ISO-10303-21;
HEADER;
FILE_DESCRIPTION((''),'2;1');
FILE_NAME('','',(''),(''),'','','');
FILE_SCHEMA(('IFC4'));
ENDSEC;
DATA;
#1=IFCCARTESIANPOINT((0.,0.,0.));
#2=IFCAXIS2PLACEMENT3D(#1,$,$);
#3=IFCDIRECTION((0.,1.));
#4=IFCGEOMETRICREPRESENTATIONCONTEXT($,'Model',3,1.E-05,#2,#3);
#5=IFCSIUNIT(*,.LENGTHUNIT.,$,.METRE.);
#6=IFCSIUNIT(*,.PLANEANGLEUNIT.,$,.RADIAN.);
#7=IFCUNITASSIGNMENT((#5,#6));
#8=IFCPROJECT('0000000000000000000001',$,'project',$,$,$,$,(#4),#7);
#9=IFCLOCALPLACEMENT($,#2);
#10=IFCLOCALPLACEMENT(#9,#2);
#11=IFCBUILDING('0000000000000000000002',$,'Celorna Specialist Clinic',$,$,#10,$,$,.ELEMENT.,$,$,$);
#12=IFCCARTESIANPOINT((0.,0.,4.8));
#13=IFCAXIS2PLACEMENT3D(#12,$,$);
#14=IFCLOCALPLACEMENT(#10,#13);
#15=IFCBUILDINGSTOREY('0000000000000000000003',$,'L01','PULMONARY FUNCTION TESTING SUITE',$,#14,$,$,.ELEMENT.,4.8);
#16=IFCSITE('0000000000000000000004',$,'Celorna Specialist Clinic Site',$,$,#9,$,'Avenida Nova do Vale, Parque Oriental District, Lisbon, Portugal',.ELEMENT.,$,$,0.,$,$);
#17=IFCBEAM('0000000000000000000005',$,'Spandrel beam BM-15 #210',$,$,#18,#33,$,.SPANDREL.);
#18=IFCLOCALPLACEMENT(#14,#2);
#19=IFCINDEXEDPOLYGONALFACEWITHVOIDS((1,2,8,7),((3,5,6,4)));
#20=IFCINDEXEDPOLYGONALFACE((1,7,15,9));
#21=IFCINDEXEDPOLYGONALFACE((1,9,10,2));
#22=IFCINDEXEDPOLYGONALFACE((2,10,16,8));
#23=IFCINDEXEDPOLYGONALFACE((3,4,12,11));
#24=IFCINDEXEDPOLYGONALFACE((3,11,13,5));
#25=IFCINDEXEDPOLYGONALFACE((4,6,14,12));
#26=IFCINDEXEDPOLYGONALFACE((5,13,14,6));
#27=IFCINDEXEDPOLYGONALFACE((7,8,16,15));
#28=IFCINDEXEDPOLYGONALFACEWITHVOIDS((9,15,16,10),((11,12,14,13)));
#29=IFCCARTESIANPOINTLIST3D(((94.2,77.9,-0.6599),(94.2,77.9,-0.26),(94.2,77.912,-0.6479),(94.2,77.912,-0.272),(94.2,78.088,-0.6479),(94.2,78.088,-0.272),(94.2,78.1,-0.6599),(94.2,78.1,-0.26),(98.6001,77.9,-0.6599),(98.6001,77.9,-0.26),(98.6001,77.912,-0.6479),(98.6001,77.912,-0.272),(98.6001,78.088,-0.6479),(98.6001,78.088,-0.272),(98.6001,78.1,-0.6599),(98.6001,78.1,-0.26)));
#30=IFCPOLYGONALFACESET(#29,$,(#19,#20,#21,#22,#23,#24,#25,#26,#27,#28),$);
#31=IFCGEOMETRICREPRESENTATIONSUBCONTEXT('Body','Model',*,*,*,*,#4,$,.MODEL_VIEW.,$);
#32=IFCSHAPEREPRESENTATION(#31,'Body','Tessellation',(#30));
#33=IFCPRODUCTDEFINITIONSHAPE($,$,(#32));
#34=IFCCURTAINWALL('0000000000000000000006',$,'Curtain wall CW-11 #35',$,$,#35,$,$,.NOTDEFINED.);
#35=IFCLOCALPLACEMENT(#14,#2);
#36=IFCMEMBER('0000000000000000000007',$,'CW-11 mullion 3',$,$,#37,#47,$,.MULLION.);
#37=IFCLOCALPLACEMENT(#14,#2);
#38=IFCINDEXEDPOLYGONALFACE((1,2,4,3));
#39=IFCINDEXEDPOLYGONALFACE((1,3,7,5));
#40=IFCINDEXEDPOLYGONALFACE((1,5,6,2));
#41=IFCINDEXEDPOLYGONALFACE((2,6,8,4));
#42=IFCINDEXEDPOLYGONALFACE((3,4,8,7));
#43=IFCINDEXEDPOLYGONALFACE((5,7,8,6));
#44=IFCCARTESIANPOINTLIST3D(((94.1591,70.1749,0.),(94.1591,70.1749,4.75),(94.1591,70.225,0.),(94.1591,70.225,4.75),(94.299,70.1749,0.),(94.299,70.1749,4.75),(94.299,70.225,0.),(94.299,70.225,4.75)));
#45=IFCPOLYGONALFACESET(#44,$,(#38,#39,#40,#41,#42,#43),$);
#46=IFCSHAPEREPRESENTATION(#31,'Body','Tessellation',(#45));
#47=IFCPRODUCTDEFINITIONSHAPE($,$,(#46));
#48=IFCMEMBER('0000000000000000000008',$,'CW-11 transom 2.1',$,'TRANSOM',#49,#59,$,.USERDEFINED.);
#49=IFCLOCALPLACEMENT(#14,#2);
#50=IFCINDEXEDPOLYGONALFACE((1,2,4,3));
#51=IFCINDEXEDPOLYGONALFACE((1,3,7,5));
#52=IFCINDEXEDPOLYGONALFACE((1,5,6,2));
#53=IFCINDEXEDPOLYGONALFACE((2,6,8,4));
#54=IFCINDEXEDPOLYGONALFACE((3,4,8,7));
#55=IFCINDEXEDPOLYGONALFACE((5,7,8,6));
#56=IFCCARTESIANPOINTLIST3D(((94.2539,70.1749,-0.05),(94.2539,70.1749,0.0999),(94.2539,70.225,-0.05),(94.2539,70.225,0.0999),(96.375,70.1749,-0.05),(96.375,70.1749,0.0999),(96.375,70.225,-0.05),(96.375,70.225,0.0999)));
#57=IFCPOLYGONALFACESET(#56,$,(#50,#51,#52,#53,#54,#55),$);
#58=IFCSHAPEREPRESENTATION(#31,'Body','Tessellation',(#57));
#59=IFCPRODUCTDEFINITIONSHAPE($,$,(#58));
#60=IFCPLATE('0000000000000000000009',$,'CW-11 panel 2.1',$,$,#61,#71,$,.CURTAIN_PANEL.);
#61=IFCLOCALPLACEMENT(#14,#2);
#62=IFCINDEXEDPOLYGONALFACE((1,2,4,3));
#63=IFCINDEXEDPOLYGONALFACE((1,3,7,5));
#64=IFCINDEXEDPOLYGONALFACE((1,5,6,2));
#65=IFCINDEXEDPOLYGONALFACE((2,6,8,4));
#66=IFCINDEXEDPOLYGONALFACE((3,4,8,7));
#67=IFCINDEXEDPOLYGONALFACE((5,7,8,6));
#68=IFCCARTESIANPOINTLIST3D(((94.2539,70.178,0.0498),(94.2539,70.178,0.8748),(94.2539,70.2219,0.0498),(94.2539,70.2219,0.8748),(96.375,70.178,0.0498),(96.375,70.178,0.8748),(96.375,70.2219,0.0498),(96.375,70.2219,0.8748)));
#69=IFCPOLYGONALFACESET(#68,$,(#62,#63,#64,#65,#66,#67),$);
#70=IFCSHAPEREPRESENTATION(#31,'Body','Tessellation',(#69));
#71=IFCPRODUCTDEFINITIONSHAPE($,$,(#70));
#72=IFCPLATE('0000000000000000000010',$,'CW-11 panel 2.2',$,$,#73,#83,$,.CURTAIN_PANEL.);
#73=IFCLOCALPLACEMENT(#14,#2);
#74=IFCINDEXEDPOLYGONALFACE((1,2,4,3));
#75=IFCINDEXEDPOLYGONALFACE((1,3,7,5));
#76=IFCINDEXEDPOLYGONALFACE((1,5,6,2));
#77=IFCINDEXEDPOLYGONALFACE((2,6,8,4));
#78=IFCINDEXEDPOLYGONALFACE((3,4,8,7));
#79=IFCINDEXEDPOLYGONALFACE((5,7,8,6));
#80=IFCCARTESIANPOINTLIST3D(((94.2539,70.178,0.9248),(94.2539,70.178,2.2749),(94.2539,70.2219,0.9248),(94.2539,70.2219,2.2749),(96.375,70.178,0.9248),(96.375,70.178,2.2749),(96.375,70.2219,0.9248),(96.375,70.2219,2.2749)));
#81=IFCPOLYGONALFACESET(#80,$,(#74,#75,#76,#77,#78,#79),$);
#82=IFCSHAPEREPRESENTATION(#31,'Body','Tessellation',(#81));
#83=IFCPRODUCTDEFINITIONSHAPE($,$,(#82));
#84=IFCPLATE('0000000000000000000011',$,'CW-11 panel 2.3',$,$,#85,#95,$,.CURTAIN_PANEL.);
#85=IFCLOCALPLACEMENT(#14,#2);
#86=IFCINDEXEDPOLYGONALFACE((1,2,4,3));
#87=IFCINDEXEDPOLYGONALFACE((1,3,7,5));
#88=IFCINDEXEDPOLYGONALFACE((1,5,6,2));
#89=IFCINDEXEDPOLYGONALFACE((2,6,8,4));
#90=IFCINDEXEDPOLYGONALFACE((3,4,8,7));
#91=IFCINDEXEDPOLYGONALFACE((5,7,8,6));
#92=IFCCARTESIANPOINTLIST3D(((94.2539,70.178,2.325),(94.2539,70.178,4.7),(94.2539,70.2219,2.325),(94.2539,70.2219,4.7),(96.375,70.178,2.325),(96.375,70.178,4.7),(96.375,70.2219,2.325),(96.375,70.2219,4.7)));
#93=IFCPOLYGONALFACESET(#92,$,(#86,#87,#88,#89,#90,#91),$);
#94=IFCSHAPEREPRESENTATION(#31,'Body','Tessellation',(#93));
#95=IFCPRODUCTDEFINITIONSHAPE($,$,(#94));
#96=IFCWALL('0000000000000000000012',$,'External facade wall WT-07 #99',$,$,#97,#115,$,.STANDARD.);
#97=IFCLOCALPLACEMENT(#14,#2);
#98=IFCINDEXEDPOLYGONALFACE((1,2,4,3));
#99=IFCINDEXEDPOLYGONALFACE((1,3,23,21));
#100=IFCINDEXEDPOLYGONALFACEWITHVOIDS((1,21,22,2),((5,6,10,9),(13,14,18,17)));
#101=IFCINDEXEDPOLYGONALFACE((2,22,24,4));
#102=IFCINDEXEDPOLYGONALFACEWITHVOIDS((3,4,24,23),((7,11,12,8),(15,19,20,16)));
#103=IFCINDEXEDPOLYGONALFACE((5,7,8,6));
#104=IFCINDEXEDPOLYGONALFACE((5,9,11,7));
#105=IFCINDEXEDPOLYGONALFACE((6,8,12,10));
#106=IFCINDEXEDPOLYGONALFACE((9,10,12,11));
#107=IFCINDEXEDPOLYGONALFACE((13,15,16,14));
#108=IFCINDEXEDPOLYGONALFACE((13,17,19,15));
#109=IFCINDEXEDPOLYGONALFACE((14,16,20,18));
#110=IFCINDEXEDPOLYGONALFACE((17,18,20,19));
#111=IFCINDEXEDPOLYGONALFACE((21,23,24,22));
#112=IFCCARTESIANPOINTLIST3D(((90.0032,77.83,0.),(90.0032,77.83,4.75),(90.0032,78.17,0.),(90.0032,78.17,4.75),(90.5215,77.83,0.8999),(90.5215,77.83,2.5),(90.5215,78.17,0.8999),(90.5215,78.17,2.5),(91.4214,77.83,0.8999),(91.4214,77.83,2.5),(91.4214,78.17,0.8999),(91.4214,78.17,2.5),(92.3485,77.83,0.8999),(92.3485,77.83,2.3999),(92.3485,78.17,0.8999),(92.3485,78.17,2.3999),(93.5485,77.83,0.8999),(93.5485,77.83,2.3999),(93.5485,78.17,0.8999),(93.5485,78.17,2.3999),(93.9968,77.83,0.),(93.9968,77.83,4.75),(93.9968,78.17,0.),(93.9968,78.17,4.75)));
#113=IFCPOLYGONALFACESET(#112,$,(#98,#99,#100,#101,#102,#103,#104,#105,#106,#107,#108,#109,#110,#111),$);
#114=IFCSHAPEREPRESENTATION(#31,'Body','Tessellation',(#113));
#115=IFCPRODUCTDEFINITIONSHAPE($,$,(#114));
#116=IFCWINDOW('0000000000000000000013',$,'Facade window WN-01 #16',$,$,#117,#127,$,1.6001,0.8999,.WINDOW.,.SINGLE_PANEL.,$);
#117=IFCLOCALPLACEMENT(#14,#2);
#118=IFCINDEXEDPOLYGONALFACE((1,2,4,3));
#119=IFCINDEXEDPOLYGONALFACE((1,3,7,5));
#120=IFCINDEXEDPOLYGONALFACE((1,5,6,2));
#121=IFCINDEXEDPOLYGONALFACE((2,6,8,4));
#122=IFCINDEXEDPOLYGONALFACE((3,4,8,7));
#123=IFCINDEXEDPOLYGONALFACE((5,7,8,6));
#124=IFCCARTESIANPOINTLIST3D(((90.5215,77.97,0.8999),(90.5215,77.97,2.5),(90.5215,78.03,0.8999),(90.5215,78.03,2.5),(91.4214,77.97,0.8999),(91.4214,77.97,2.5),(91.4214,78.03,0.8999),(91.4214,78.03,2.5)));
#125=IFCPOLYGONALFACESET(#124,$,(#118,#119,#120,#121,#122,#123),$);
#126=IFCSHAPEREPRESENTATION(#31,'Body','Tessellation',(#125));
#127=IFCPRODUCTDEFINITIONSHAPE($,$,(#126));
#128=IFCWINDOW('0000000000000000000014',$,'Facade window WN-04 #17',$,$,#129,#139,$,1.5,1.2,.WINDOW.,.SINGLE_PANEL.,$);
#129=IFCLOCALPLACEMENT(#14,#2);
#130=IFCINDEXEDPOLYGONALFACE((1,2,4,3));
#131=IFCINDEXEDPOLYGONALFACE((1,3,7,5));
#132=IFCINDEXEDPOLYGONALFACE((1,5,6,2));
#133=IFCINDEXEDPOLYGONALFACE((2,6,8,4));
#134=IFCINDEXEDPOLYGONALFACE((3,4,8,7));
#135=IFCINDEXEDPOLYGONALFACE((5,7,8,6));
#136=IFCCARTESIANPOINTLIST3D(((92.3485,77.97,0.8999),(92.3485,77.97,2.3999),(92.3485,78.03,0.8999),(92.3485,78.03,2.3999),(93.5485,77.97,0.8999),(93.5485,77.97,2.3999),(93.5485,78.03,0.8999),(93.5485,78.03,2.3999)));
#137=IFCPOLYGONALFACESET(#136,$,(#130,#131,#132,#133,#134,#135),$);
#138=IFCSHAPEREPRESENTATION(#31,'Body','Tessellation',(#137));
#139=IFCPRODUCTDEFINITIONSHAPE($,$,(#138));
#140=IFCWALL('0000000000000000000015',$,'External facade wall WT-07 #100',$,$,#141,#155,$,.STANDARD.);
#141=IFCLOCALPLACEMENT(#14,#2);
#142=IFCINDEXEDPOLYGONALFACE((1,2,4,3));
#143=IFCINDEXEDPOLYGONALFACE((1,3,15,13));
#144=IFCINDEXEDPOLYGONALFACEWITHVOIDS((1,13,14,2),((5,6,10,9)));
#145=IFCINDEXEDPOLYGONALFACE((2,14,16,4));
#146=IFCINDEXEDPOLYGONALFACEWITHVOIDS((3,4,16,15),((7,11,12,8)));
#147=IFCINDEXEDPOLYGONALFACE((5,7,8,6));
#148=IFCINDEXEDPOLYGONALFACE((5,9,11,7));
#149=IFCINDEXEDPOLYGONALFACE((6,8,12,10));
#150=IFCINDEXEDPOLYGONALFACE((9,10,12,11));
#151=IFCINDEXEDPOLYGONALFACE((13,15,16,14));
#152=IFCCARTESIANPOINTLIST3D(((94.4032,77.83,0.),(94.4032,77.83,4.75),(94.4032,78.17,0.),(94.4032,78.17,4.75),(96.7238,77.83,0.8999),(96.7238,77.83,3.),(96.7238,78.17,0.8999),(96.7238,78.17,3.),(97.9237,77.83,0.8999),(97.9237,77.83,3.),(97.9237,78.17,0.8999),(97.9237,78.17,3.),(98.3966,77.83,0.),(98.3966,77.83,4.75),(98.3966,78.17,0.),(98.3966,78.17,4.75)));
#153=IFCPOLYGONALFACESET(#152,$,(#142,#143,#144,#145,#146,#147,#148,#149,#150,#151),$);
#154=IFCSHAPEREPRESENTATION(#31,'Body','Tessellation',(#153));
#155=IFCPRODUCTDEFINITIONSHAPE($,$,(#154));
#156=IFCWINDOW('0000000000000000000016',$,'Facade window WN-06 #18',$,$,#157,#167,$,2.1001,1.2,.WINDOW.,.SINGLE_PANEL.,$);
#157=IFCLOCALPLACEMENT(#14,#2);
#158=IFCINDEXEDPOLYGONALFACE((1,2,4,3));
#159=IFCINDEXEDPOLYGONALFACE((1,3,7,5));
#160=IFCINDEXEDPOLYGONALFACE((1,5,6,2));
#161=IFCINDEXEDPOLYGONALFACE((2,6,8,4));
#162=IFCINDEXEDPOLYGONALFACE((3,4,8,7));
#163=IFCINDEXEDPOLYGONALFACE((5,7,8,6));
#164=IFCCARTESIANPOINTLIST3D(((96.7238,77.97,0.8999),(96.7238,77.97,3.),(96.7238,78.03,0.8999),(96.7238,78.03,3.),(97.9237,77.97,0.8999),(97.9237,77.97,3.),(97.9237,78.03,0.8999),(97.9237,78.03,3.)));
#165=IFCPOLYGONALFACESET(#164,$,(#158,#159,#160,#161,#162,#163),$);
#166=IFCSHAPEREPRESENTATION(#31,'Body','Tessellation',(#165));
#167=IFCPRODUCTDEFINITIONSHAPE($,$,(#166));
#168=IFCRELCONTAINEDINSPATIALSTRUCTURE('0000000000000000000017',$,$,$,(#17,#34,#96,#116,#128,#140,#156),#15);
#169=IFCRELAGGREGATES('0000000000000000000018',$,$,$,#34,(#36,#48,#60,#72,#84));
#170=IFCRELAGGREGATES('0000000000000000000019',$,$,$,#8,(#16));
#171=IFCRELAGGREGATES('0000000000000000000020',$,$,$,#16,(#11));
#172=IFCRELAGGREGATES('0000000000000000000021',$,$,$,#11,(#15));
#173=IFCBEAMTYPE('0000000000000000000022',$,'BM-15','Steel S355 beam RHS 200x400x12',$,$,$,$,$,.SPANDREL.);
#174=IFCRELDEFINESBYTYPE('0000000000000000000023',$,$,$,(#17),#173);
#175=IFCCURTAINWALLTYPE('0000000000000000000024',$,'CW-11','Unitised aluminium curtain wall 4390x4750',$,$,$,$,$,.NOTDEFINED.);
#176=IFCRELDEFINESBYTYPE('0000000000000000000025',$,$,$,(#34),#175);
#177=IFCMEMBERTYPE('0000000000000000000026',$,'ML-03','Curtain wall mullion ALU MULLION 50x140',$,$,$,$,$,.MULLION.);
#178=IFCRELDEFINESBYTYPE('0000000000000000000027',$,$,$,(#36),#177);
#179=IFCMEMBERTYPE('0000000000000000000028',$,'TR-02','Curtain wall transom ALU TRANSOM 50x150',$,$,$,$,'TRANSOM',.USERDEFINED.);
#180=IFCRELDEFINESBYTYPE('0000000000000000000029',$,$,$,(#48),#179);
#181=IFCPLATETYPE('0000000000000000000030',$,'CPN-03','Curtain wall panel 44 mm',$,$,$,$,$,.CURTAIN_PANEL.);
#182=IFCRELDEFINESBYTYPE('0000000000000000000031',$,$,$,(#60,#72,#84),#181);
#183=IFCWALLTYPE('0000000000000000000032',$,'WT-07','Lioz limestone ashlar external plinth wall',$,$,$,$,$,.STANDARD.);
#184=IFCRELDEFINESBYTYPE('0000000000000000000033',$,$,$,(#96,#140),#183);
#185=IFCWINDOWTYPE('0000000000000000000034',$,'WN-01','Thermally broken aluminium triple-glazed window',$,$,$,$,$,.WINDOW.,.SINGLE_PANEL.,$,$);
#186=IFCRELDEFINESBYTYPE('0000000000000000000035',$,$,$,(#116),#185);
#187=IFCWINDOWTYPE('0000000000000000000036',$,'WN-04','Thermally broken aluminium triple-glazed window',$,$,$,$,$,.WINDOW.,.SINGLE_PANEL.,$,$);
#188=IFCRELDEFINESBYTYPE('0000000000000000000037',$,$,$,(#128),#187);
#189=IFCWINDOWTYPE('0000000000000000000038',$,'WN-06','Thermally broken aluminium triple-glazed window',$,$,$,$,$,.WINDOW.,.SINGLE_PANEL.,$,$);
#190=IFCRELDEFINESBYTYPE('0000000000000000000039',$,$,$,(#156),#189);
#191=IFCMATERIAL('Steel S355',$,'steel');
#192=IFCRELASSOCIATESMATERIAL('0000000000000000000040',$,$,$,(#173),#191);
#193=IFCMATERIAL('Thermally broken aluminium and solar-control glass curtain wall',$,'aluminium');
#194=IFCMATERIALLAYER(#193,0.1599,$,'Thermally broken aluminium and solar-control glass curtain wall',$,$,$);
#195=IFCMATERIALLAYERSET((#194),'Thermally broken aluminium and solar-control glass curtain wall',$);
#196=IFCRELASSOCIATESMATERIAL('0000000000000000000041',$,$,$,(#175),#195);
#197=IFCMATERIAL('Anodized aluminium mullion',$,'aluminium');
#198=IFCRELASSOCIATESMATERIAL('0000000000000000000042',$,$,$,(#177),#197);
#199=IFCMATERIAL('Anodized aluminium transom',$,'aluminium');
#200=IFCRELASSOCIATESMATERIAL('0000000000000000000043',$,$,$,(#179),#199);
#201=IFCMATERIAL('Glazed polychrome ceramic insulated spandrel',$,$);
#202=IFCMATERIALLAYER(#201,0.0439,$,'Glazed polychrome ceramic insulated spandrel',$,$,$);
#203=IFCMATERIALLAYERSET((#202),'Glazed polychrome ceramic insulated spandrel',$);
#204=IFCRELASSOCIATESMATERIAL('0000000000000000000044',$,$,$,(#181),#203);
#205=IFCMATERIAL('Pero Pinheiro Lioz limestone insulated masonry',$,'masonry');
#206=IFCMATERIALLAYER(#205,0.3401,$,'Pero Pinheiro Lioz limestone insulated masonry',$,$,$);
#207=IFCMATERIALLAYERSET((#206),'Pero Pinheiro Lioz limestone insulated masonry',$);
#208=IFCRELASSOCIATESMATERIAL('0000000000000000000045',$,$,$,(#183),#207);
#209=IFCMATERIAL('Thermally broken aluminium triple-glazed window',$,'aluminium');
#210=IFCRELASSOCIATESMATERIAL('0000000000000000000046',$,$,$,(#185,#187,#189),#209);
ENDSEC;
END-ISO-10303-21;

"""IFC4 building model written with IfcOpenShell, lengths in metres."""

from ifc_helpers import new_model, si_unit, direction, frame, frame_2d, origin, origin_2d, place, context, subcontext, project, spatial, rectangle, hollow_rectangle, extrude, material, layer, layer_set, material_profile, profile_set, type_object, element, fill, aggregate, save


model = new_model("IFC4")

# Units and contexts
model_context = context("Model", 3, precision=1e-05, world=origin(), true_north=direction((0.0, 1.0)))
body_context = subcontext(model_context, "Body", "Model", "MODEL_VIEW")
ifc_project = project(units=[si_unit("LENGTHUNIT", "METRE"), si_unit("PLANEANGLEUNIT", "RADIAN")], contexts=[model_context])

# Site, building, storey
site_placement = place(None, origin())
site = spatial("IfcSite", under=ifc_project, at=site_placement, Name="Celorna Specialist Clinic Site", LongName="Avenida Nova do Vale, Parque Oriental District, Lisbon, Portugal", CompositionType="ELEMENT", RefElevation=0.0)
building_placement = place(site_placement, origin())
building = spatial("IfcBuilding", under=site, at=building_placement, Name="Celorna Specialist Clinic", CompositionType="ELEMENT")
storey_placement = place(building_placement, frame((0.0, 0.0, 4.8)))
storey = spatial("IfcBuildingStorey", under=building, at=storey_placement, Name="L01", Description="PULMONARY FUNCTION TESTING SUITE", CompositionType="ELEMENT", Elevation=4.8)

# Shared definitions
ifc_material_1 = material(Name="Steel S355", Category="steel")

# Beam
ifc_material_profile_1 = material_profile(ifc_material_1, hollow_rectangle(XDim=0.2, YDim=0.3999, WallThickness=0.012, at=origin_2d()), Name="RHS 200x400x12")
ifc_profile_set_1 = profile_set([ifc_material_profile_1], Name="Steel S355")
beam_type_1 = type_object("IfcBeamType", Name="BM-15", Description="Steel S355 beam RHS 200x400x12", PredefinedType="SPANDREL", material=ifc_profile_set_1)
beam_1_placement = place(storey_placement, frame((94.2, 78.0, -0.46), z_axis=(1.0, 0.0, 0.0), x_axis=(0.0, 1.0, 0.0)))
element("IfcBeam", 1, at=beam_1_placement, inside=storey, type_object=beam_type_1, Name="Spandrel beam BM-15 #210", PredefinedType="SPANDREL", context=body_context, shape_type="SweptSolid", body=[
    extrude(hollow_rectangle(XDim=0.2, YDim=0.3999, WallThickness=0.012, at=origin_2d()), origin(), (0.0, 0.0, 1.0), 4.4001),
])

# Curtain wall, members, plates
ifc_material_2 = material(Name="Thermally broken aluminium and solar-control glass curtain wall", Category="aluminium")
ifc_layer_1 = layer(ifc_material_2, 0.1599, Name="Thermally broken aluminium and solar-control glass curtain wall")
ifc_layer_set_1 = layer_set([ifc_layer_1], Name="Thermally broken aluminium and solar-control glass curtain wall")
curtain_wall_type = type_object("IfcCurtainWallType", Name="CW-11", Description="Unitised aluminium curtain wall 4390x4750", PredefinedType="NOTDEFINED", material=ifc_layer_set_1)
curtain_wall_placement = place(storey_placement, origin())
curtain_wall = element("IfcCurtainWall", 2, at=curtain_wall_placement, inside=storey, type_object=curtain_wall_type, Name="Curtain wall CW-11 #35", PredefinedType="NOTDEFINED")
ifc_material_3 = material(Name="Anodized aluminium mullion", Category="aluminium")
ifc_material_profile_2 = material_profile(ifc_material_3, rectangle(XDim=0.05, YDim=0.1399, at=origin_2d()), Name="ALU MULLION 50x140")
ifc_profile_set_2 = profile_set([ifc_material_profile_2], Name="Anodized aluminium mullion")
member_type_1 = type_object("IfcMemberType", Name="ML-03", Description="Curtain wall mullion ALU MULLION 50x140", PredefinedType="MULLION", material=ifc_profile_set_2)
member_1_placement = place(storey_placement, frame((94.229, 70.2, 0.0), z_axis=(0.0, 0.0, 1.0), x_axis=(0.0, -1.0, 0.0)))
member_1 = element("IfcMember", 3, at=member_1_placement, type_object=member_type_1, Name="CW-11 mullion 3", PredefinedType="MULLION", context=body_context, shape_type="SweptSolid", body=[
    extrude(rectangle(XDim=0.05, YDim=0.1399, at=origin_2d()), origin(), (0.0, 0.0, 1.0), 4.75),
])
ifc_material_4 = material(Name="Anodized aluminium transom", Category="aluminium")
ifc_material_profile_3 = material_profile(ifc_material_4, rectangle(XDim=0.05, YDim=0.1499, at=origin_2d()), Name="ALU TRANSOM 50x150")
ifc_profile_set_3 = profile_set([ifc_material_profile_3], Name="Anodized aluminium transom")
member_type_2 = type_object("IfcMemberType", Name="TR-02", Description="Curtain wall transom ALU TRANSOM 50x150", ElementType="TRANSOM", PredefinedType="USERDEFINED", material=ifc_profile_set_3)
member_2_placement = place(storey_placement, frame((96.375, 70.2, 0.0249), z_axis=(-1.0, 0.0, 0.0), x_axis=(0.0, -1.0, 0.0)))
member_2 = element("IfcMember", 4, at=member_2_placement, type_object=member_type_2, Name="CW-11 transom 2.1", ObjectType="TRANSOM", PredefinedType="USERDEFINED", context=body_context, shape_type="SweptSolid", body=[
    extrude(rectangle(XDim=0.05, YDim=0.1499, at=origin_2d()), origin(), (0.0, 0.0, 1.0), 2.1211),
])
ifc_material_5 = material(Name="Glazed polychrome ceramic insulated spandrel")
ifc_layer_2 = layer(ifc_material_5, 0.0439, Name="Glazed polychrome ceramic insulated spandrel")
ifc_layer_set_2 = layer_set([ifc_layer_2], Name="Glazed polychrome ceramic insulated spandrel")
plate_type = type_object("IfcPlateType", Name="CPN-03", Description="Curtain wall panel 44 mm", PredefinedType="CURTAIN_PANEL", material=ifc_layer_set_2)
plate_1_placement = place(storey_placement, frame((95.3145, 70.2, 0.0498), z_axis=(0.0, 0.0, 1.0), x_axis=(-1.0, 0.0, 0.0)))
plate_1 = element("IfcPlate", 5, at=plate_1_placement, type_object=plate_type, Name="CW-11 panel 2.1", PredefinedType="CURTAIN_PANEL", context=body_context, shape_type="SweptSolid", body=[
    extrude(rectangle(XDim=2.1211, YDim=0.0439, at=origin_2d()), origin(), (0.0, 0.0, 1.0), 0.825),
])
plate_2_placement = place(storey_placement, frame((95.3145, 70.2, 0.9248), z_axis=(0.0, 0.0, 1.0), x_axis=(-1.0, 0.0, 0.0)))
plate_2 = element("IfcPlate", 6, at=plate_2_placement, type_object=plate_type, Name="CW-11 panel 2.2", PredefinedType="CURTAIN_PANEL", context=body_context, shape_type="SweptSolid", body=[
    extrude(rectangle(XDim=2.1211, YDim=0.0439, at=origin_2d()), origin(), (0.0, 0.0, 1.0), 1.3501),
])
plate_3_placement = place(storey_placement, frame((95.3145, 70.2, 2.325), z_axis=(0.0, 0.0, 1.0), x_axis=(-1.0, 0.0, 0.0)))
plate_3 = element("IfcPlate", 7, at=plate_3_placement, type_object=plate_type, Name="CW-11 panel 2.3", PredefinedType="CURTAIN_PANEL", context=body_context, shape_type="SweptSolid", body=[
    extrude(rectangle(XDim=2.1211, YDim=0.0439, at=origin_2d()), origin(), (0.0, 0.0, 1.0), 2.375),
])
aggregate(curtain_wall, [member_1, member_2, plate_1, plate_2, plate_3])

# Wall, openings, windows
ifc_material_6 = material(Name="Pero Pinheiro Lioz limestone insulated masonry", Category="masonry")
ifc_layer_3 = layer(ifc_material_6, 0.3401, Name="Pero Pinheiro Lioz limestone insulated masonry")
ifc_layer_set_3 = layer_set([ifc_layer_3], Name="Pero Pinheiro Lioz limestone insulated masonry")
wall_type_1 = type_object("IfcWallType", Name="WT-07", Description="Lioz limestone ashlar external plinth wall", PredefinedType="STANDARD", material=ifc_layer_set_3)
wall_1_placement = place(storey_placement, frame((90.0032, 78.0, 0.0), z_axis=(0.0, 0.0, 1.0), x_axis=(1.0, 0.0, 0.0)))
wall_1 = element("IfcWall", 8, at=wall_1_placement, inside=storey, type_object=wall_type_1, Name="External facade wall WT-07 #99", PredefinedType="STANDARD", context=body_context, shape_type="SweptSolid", body=[
    extrude(rectangle(XDim=3.9937, YDim=0.3401, at=frame_2d((1.9968, 0.0))), origin(), (0.0, 0.0, 1.0), 4.75),
])
opening_1_placement = place(wall_1_placement, frame((0.5183, 0.0, 0.8999)))
opening_1 = element("IfcOpeningElement", 9, at=opening_1_placement, cuts=wall_1, PredefinedType="OPENING", context=body_context, shape_type="SweptSolid", body=[
    extrude(rectangle(XDim=0.8999, YDim=1.6001, at=frame_2d((0.45, 0.8))), frame((0.0, 0.1799, 0.0), z_axis=(0.0, -1.0, 0.0), x_axis=(1.0, 0.0, 0.0)), (0.0, 0.0, 1.0), 0.3601),
])
opening_2_placement = place(wall_1_placement, frame((2.3452, 0.0, 0.8999)))
opening_2 = element("IfcOpeningElement", 10, at=opening_2_placement, cuts=wall_1, PredefinedType="OPENING", context=body_context, shape_type="SweptSolid", body=[
    extrude(rectangle(XDim=1.2, YDim=1.5, at=frame_2d((0.6001, 0.75))), frame((0.0, 0.1799, 0.0), z_axis=(0.0, -1.0, 0.0), x_axis=(1.0, 0.0, 0.0)), (0.0, 0.0, 1.0), 0.3601),
])
ifc_material_7 = material(Name="Thermally broken aluminium triple-glazed window", Category="aluminium")
window_type_1 = type_object("IfcWindowType", Name="WN-01", Description="Thermally broken aluminium triple-glazed window", PartitioningType="SINGLE_PANEL", PredefinedType="WINDOW", material=ifc_material_7)
window_1_placement = place(opening_1_placement, origin())
window_1 = element("IfcWindow", 11, at=window_1_placement, inside=storey, type_object=window_type_1, Name="Facade window WN-01 #16", OverallHeight=1.6001, OverallWidth=0.8999, PartitioningType="SINGLE_PANEL", PredefinedType="WINDOW", context=body_context, shape_type="SweptSolid", body=[
    extrude(rectangle(XDim=0.8999, YDim=1.6001, at=frame_2d((0.45, 0.8))), frame((0.0, 0.03, 0.0), z_axis=(0.0, -1.0, 0.0), x_axis=(1.0, 0.0, 0.0)), (0.0, 0.0, 1.0), 0.0601),
])
fill(opening_1, window_1)
window_type_2 = type_object("IfcWindowType", Name="WN-04", Description="Thermally broken aluminium triple-glazed window", PartitioningType="SINGLE_PANEL", PredefinedType="WINDOW", material=ifc_material_7)
window_2_placement = place(opening_2_placement, origin())
window_2 = element("IfcWindow", 12, at=window_2_placement, inside=storey, type_object=window_type_2, Name="Facade window WN-04 #17", OverallHeight=1.5, OverallWidth=1.2, PartitioningType="SINGLE_PANEL", PredefinedType="WINDOW", context=body_context, shape_type="SweptSolid", body=[
    extrude(rectangle(XDim=1.2, YDim=1.5, at=frame_2d((0.6001, 0.75))), frame((0.0, 0.03, 0.0), z_axis=(0.0, -1.0, 0.0), x_axis=(1.0, 0.0, 0.0)), (0.0, 0.0, 1.0), 0.0601),
])
fill(opening_2, window_2)

# Wall, opening, window
wall_2_placement = place(storey_placement, frame((94.4033, 78.0, 0.0), z_axis=(0.0, 0.0, 1.0), x_axis=(1.0, 0.0, 0.0)))
wall_2 = element("IfcWall", 13, at=wall_2_placement, inside=storey, type_object=wall_type_1, Name="External facade wall WT-07 #100", PredefinedType="STANDARD", context=body_context, shape_type="SweptSolid", body=[
    extrude(rectangle(XDim=3.9934, YDim=0.3401, at=frame_2d((1.9966, 0.0))), origin(), (0.0, 0.0, 1.0), 4.75),
])
opening_3_placement = place(wall_2_placement, frame((2.3203, 0.0, 0.8999)))
opening_3 = element("IfcOpeningElement", 14, at=opening_3_placement, cuts=wall_2, PredefinedType="OPENING", context=body_context, shape_type="SweptSolid", body=[
    extrude(rectangle(XDim=1.2, YDim=2.1001, at=frame_2d((0.6001, 1.05))), frame((0.0, 0.1799, 0.0), z_axis=(0.0, -1.0, 0.0), x_axis=(1.0, 0.0, 0.0)), (0.0, 0.0, 1.0), 0.3601),
])
window_type_3 = type_object("IfcWindowType", Name="WN-06", Description="Thermally broken aluminium triple-glazed window", PartitioningType="SINGLE_PANEL", PredefinedType="WINDOW", material=ifc_material_7)
window_3_placement = place(opening_3_placement, origin())
window_3 = element("IfcWindow", 15, at=window_3_placement, inside=storey, type_object=window_type_3, Name="Facade window WN-06 #18", OverallHeight=2.1001, OverallWidth=1.2, PartitioningType="SINGLE_PANEL", PredefinedType="WINDOW", context=body_context, shape_type="SweptSolid", body=[
    extrude(rectangle(XDim=1.2, YDim=2.1001, at=frame_2d((0.6001, 1.05))), frame((0.0, 0.03, 0.0), z_axis=(0.0, -1.0, 0.0), x_axis=(1.0, 0.0, 0.0)), (0.0, 0.0, 1.0), 0.0601),
])
fill(opening_3, window_3)

save(model, "model.ifc")
